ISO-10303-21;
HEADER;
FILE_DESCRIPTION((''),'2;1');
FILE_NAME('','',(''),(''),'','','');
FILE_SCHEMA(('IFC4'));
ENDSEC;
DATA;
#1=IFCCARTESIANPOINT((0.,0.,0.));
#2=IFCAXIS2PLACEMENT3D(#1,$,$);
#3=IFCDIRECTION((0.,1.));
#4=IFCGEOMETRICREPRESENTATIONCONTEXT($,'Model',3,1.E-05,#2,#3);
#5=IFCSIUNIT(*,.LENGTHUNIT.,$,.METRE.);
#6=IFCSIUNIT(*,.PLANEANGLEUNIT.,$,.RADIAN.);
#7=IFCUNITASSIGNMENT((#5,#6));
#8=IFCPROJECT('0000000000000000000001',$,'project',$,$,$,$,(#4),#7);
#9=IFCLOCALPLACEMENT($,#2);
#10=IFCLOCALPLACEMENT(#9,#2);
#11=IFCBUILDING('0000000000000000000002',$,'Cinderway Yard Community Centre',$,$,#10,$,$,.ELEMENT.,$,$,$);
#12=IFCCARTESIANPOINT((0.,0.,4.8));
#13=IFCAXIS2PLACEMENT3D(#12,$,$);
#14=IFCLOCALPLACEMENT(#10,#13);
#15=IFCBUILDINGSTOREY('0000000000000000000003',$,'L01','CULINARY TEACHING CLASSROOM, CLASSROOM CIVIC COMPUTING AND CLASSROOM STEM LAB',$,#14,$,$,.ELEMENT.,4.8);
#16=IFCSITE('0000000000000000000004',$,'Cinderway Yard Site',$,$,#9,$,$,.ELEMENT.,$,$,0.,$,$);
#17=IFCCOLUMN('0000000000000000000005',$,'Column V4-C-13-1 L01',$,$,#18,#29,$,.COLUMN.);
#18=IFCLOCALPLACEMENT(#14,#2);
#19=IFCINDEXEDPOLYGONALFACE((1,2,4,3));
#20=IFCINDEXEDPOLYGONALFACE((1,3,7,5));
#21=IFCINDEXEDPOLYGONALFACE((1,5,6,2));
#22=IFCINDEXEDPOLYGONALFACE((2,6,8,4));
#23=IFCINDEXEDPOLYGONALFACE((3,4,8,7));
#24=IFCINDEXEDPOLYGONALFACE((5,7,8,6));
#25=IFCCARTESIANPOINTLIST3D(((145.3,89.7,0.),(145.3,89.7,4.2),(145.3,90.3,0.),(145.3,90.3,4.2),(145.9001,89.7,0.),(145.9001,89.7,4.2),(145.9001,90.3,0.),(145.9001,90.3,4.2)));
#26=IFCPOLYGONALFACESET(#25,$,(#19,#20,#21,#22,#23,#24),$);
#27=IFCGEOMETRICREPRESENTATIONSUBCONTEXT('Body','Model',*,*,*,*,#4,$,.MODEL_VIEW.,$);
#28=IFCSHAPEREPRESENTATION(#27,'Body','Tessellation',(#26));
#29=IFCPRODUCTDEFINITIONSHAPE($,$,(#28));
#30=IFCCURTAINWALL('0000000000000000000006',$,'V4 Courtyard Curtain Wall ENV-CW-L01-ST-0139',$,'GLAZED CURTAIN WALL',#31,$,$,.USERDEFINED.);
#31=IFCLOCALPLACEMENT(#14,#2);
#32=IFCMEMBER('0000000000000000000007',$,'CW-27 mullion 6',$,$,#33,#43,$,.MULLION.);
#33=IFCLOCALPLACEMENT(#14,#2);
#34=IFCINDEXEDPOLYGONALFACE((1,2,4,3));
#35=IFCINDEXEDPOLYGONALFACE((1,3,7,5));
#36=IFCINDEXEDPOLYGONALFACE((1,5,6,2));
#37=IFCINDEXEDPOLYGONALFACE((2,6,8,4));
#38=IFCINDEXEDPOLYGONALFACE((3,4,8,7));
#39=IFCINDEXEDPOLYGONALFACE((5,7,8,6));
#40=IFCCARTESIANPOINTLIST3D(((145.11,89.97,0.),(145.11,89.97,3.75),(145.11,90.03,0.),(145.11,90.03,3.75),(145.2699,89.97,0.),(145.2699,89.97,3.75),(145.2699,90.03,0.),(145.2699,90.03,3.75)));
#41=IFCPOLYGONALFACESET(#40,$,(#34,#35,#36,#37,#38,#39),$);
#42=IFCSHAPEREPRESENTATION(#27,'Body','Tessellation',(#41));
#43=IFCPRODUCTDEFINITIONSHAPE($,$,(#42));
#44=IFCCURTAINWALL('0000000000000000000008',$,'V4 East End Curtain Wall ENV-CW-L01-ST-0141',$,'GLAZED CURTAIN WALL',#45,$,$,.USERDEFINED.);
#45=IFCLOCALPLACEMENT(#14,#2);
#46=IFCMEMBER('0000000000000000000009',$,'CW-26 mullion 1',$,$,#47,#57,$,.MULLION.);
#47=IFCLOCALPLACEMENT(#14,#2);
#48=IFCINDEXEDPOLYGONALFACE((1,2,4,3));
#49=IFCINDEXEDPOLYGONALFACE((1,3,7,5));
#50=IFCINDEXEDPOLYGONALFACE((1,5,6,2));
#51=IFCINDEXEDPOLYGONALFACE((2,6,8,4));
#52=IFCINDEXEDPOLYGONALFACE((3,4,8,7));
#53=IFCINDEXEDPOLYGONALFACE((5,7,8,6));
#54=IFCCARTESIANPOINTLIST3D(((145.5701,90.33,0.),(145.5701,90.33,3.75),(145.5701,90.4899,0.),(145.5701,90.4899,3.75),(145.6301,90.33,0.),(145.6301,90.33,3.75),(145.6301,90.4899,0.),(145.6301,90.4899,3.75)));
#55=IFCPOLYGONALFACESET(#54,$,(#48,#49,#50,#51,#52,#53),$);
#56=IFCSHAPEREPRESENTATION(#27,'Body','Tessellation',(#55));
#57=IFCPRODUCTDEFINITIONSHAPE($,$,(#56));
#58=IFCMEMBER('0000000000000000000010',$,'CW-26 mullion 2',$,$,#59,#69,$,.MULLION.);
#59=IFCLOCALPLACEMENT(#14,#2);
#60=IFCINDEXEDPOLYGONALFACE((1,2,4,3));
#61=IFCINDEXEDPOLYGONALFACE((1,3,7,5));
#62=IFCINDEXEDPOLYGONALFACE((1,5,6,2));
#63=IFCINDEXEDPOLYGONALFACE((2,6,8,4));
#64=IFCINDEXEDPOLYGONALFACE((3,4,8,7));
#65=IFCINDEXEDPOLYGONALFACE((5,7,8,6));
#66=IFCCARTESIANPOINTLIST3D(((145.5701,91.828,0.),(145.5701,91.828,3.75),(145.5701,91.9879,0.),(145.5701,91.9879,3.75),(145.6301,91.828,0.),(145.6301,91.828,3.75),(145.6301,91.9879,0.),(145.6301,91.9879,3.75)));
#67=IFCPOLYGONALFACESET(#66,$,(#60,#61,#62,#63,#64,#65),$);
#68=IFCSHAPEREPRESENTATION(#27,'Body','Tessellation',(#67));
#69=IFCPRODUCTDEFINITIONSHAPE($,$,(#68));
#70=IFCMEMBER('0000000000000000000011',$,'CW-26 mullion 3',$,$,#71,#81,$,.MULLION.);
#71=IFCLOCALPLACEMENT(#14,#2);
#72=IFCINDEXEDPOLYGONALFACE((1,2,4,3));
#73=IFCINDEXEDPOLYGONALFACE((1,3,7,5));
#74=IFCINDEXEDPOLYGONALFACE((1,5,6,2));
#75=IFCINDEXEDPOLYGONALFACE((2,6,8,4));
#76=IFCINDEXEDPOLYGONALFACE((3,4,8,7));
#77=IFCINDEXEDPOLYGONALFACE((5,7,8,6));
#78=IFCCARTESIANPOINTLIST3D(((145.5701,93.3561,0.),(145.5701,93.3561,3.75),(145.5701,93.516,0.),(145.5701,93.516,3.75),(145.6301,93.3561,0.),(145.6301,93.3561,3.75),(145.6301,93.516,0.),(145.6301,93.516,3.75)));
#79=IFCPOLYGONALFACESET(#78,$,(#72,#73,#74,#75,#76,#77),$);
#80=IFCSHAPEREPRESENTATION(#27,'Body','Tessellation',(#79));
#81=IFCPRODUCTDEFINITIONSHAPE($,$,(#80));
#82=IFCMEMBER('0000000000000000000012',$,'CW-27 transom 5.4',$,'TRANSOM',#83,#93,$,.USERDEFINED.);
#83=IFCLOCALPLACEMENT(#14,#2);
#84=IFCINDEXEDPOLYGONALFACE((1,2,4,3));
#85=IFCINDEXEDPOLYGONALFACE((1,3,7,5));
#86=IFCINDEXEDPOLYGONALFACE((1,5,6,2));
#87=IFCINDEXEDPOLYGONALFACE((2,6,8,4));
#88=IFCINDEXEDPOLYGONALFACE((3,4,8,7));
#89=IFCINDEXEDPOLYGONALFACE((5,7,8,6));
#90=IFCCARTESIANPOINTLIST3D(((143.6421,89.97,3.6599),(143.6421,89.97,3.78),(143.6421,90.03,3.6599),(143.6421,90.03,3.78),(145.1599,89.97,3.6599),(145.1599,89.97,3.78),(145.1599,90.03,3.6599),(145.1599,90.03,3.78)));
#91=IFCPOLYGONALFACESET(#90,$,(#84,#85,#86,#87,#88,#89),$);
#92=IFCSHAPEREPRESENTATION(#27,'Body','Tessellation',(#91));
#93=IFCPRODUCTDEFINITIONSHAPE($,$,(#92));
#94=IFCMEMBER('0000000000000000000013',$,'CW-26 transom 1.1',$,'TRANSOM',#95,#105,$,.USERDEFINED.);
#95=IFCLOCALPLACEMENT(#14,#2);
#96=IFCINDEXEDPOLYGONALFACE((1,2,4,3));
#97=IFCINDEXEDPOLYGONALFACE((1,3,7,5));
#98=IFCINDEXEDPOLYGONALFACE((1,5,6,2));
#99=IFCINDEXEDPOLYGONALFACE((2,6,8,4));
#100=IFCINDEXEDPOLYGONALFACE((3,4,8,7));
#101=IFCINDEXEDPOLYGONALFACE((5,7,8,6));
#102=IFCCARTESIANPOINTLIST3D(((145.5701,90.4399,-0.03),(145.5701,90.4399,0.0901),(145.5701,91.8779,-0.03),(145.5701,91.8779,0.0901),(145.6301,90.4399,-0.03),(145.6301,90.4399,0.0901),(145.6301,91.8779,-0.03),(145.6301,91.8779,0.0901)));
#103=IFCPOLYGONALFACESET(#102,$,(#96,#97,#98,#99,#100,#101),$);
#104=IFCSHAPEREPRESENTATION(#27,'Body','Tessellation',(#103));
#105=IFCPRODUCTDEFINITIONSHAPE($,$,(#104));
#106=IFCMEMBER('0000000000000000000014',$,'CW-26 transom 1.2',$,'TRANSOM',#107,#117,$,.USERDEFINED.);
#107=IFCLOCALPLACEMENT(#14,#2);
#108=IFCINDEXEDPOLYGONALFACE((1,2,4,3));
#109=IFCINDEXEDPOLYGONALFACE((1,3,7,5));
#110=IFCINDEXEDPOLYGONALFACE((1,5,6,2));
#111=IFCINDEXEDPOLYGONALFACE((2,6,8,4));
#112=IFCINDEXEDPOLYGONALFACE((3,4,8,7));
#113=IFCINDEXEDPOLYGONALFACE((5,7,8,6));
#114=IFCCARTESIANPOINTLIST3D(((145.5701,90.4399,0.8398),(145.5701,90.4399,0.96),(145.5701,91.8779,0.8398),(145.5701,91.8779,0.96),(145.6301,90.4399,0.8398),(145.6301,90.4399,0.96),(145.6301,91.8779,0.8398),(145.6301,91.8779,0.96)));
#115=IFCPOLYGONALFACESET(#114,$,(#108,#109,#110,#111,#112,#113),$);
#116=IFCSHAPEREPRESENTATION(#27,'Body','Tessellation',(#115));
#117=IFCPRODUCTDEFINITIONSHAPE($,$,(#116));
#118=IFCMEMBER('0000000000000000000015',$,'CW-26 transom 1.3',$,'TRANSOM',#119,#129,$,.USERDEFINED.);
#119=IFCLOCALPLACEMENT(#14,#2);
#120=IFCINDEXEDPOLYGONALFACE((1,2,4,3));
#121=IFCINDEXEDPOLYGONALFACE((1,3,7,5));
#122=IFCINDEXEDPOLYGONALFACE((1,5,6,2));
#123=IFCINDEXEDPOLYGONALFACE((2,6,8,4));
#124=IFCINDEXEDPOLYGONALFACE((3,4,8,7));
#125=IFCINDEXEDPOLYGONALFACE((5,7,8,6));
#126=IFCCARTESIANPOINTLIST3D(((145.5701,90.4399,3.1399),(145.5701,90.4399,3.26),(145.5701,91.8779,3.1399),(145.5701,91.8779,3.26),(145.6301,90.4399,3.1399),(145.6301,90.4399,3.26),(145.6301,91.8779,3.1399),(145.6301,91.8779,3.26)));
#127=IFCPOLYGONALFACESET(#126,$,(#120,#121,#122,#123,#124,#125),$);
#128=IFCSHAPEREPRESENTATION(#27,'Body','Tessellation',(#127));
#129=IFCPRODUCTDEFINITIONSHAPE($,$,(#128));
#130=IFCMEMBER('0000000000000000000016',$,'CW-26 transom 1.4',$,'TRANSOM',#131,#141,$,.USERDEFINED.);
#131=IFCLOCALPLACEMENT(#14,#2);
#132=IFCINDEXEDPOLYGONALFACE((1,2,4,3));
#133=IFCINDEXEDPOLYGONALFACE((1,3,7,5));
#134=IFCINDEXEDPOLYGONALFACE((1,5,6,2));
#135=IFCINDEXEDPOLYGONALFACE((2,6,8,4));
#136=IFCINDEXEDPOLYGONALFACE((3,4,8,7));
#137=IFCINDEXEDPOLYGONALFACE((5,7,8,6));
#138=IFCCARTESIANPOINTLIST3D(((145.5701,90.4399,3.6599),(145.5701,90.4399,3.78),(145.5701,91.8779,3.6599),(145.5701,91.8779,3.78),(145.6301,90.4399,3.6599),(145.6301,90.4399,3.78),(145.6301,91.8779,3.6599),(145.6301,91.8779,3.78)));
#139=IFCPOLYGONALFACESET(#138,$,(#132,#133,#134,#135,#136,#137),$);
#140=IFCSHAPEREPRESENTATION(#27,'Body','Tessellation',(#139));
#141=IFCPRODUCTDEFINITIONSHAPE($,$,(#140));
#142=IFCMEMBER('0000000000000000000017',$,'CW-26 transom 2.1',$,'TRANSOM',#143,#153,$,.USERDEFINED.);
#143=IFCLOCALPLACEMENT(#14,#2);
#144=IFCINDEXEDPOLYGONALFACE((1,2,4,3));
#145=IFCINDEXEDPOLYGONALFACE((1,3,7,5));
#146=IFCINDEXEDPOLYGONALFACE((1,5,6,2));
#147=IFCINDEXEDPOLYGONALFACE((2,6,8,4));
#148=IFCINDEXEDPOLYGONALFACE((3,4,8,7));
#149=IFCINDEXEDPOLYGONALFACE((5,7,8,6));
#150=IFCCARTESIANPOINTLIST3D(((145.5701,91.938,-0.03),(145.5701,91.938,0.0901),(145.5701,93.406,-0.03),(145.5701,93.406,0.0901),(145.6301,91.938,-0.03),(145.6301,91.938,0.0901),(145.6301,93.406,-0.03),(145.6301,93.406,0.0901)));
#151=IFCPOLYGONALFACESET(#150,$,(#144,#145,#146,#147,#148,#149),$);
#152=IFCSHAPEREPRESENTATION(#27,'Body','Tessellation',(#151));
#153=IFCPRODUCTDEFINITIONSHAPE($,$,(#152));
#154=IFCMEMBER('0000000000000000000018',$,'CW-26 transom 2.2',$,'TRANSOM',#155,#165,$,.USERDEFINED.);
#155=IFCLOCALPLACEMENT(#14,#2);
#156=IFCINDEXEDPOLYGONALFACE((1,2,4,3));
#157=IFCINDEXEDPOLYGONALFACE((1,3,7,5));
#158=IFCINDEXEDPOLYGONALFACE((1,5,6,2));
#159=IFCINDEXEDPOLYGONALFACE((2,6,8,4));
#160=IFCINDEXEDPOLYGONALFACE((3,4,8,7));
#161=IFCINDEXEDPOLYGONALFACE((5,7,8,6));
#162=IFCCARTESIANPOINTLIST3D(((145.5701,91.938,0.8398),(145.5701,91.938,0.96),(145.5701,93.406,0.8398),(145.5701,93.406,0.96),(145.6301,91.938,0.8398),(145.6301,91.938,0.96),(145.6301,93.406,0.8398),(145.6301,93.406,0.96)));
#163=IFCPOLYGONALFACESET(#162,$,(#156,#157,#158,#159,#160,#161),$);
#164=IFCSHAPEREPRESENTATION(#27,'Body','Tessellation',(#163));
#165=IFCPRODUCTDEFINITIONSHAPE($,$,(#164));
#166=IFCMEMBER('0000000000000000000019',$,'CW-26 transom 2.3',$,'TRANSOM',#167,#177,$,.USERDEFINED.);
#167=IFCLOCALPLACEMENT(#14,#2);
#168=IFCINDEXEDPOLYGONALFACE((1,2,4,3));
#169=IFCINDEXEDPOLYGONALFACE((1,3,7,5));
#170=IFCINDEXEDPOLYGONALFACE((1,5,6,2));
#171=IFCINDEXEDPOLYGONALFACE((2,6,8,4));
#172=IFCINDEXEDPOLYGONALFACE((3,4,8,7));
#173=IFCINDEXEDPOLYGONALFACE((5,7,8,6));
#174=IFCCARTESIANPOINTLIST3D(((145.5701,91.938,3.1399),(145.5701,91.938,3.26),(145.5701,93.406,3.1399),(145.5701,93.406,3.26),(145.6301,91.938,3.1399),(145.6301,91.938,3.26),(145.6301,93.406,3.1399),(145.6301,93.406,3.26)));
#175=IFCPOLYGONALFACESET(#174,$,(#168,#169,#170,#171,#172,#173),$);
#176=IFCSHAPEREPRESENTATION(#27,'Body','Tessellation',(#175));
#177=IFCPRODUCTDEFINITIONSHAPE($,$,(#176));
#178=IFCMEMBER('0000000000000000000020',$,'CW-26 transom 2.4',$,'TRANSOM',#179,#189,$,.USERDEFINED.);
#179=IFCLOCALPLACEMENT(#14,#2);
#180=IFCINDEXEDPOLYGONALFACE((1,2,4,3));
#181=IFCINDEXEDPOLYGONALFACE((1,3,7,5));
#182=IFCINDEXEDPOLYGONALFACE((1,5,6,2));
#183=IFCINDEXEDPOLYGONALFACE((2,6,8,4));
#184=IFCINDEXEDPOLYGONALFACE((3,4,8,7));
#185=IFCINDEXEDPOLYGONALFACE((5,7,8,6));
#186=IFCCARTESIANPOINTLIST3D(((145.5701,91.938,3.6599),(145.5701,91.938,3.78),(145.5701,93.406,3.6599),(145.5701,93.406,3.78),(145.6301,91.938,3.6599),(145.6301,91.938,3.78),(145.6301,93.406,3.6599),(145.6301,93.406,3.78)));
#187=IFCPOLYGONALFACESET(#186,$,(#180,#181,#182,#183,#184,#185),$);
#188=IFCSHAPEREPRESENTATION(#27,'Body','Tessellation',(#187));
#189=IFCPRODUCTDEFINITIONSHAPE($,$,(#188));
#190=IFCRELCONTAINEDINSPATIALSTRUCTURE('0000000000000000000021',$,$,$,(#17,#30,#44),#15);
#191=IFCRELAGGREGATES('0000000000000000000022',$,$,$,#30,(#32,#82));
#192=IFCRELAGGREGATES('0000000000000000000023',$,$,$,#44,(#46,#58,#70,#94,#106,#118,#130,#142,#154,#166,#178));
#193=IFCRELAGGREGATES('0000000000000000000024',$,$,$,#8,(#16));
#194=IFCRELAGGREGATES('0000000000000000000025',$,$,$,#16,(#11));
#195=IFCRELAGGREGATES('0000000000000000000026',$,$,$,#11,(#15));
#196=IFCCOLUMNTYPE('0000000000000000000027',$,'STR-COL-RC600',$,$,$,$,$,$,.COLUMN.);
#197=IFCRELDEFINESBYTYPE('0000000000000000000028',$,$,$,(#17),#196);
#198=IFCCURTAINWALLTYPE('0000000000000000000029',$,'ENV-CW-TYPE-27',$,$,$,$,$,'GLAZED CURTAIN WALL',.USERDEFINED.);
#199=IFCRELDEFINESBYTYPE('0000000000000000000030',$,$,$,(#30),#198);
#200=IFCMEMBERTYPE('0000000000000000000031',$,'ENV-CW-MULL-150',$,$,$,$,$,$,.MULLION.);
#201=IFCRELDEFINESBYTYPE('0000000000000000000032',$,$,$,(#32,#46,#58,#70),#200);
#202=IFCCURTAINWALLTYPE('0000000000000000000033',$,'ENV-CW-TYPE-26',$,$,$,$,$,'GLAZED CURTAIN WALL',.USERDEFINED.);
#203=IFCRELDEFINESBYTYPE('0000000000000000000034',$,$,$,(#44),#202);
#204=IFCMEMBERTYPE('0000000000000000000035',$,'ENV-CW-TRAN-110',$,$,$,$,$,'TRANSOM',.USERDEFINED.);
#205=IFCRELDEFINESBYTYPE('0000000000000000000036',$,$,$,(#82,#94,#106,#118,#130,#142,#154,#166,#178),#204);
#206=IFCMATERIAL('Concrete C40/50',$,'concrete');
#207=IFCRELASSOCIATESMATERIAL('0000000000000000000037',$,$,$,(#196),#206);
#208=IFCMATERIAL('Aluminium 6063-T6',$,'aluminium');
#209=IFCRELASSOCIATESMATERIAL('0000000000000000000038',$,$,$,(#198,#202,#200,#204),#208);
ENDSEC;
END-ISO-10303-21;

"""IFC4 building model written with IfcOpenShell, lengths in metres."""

from ifc_helpers import new_model, si_unit, direction, frame, origin, origin_2d, place, context, subcontext, project, spatial, rectangle, extrude, material, material_profile, profile_set, type_object, element, aggregate, save


model = new_model("IFC4")

# Units and contexts
model_context = context("Model", 3, precision=1e-05, world=origin(), true_north=direction((0.0, 1.0)))
body_context = subcontext(model_context, "Body", "Model", "MODEL_VIEW")
ifc_project = project(units=[si_unit("LENGTHUNIT", "METRE"), si_unit("PLANEANGLEUNIT", "RADIAN")], contexts=[model_context])

# Site, building, storey
site_placement = place(None, origin())
site = spatial("IfcSite", under=ifc_project, at=site_placement, Name="Cinderway Yard Site", CompositionType="ELEMENT", RefElevation=0.0)
building_placement = place(site_placement, origin())
building = spatial("IfcBuilding", under=site, at=building_placement, Name="Cinderway Yard Community Centre", CompositionType="ELEMENT")
storey_placement = place(building_placement, frame((0.0, 0.0, 4.8)))
storey = spatial("IfcBuildingStorey", under=building, at=storey_placement, Name="L01", Description="CULINARY TEACHING CLASSROOM, CLASSROOM CIVIC COMPUTING AND CLASSROOM STEM LAB", CompositionType="ELEMENT", Elevation=4.8)

# Column
ifc_material_1 = material(Name="Concrete C40/50", Category="concrete")
ifc_material_profile_1 = material_profile(ifc_material_1, rectangle(XDim=0.6001, YDim=0.6001, at=origin_2d()), Name="Concrete C40/50")
ifc_profile_set_1 = profile_set([ifc_material_profile_1], Name="Concrete C40/50")
column_type = type_object("IfcColumnType", Name="STR-COL-RC600", PredefinedType="COLUMN", material=ifc_profile_set_1)
column_placement = place(storey_placement, frame((145.6001, 90.0, 0.0), z_axis=(0.0, 0.0, 1.0), x_axis=(1.0, 0.0, 0.0)))
element("IfcColumn", 1, at=column_placement, inside=storey, type_object=column_type, Name="Column V4-C-13-1 L01", PredefinedType="COLUMN", context=body_context, shape_type="SweptSolid", body=[
    extrude(rectangle(XDim=0.6001, YDim=0.6001, at=origin_2d()), origin(), (0.0, 0.0, 1.0), 4.2),
])

# Curtain wall, member
ifc_material_2 = material(Name="Aluminium 6063-T6", Category="aluminium")
curtain_wall_type_1 = type_object("IfcCurtainWallType", Name="ENV-CW-TYPE-27", ElementType="GLAZED CURTAIN WALL", PredefinedType="USERDEFINED", material=ifc_material_2)
curtain_wall_1_placement = place(storey_placement, origin())
curtain_wall_1 = element("IfcCurtainWall", 2, at=curtain_wall_1_placement, inside=storey, type_object=curtain_wall_type_1, Name="V4 Courtyard Curtain Wall ENV-CW-L01-ST-0139", ObjectType="GLAZED CURTAIN WALL", PredefinedType="USERDEFINED")
ifc_material_profile_2 = material_profile(ifc_material_2, rectangle(XDim=0.0601, YDim=0.1599, at=origin_2d()), Name="Aluminium 6063-T6")
ifc_profile_set_2 = profile_set([ifc_material_profile_2], Name="Aluminium 6063-T6")
member_type_1 = type_object("IfcMemberType", Name="ENV-CW-MULL-150", PredefinedType="MULLION", material=ifc_profile_set_2)
member_1_placement = place(storey_placement, frame((145.1899, 90.0, 0.0), z_axis=(0.0, 0.0, 1.0), x_axis=(0.0, 1.0, 0.0)))
member_1 = element("IfcMember", 3, at=member_1_placement, type_object=member_type_1, Name="CW-27 mullion 6", PredefinedType="MULLION", context=body_context, shape_type="SweptSolid", body=[
    extrude(rectangle(XDim=0.0601, YDim=0.1599, at=origin_2d()), origin(), (0.0, 0.0, 1.0), 3.75),
])

# Curtain wall, members
curtain_wall_type_2 = type_object("IfcCurtainWallType", Name="ENV-CW-TYPE-26", ElementType="GLAZED CURTAIN WALL", PredefinedType="USERDEFINED", material=ifc_material_2)
curtain_wall_2_placement = place(storey_placement, origin())
curtain_wall_2 = element("IfcCurtainWall", 4, at=curtain_wall_2_placement, inside=storey, type_object=curtain_wall_type_2, Name="V4 East End Curtain Wall ENV-CW-L01-ST-0141", ObjectType="GLAZED CURTAIN WALL", PredefinedType="USERDEFINED")
member_2_placement = place(storey_placement, frame((145.6001, 90.4099, 0.0), z_axis=(0.0, 0.0, 1.0), x_axis=(-1.0, 0.0, 0.0)))
member_2 = element("IfcMember", 5, at=member_2_placement, type_object=member_type_1, Name="CW-26 mullion 1", PredefinedType="MULLION", context=body_context, shape_type="SweptSolid", body=[
    extrude(rectangle(XDim=0.0601, YDim=0.1599, at=origin_2d()), origin(), (0.0, 0.0, 1.0), 3.75),
])
member_3_placement = place(storey_placement, frame((145.6001, 91.908, 0.0), z_axis=(0.0, 0.0, 1.0), x_axis=(-1.0, 0.0, 0.0)))
member_3 = element("IfcMember", 6, at=member_3_placement, type_object=member_type_1, Name="CW-26 mullion 2", PredefinedType="MULLION", context=body_context, shape_type="SweptSolid", body=[
    extrude(rectangle(XDim=0.0601, YDim=0.1599, at=origin_2d()), origin(), (0.0, 0.0, 1.0), 3.75),
])
member_4_placement = place(storey_placement, frame((145.6001, 93.436, 0.0), z_axis=(0.0, 0.0, 1.0), x_axis=(-1.0, 0.0, 0.0)))
member_4 = element("IfcMember", 7, at=member_4_placement, type_object=member_type_1, Name="CW-26 mullion 3", PredefinedType="MULLION", context=body_context, shape_type="SweptSolid", body=[
    extrude(rectangle(XDim=0.0601, YDim=0.1599, at=origin_2d()), origin(), (0.0, 0.0, 1.0), 3.75),
])

# Members
ifc_material_profile_3 = material_profile(ifc_material_2, rectangle(XDim=0.0601, YDim=0.1201, at=origin_2d()), Name="Aluminium 6063-T6")
ifc_profile_set_3 = profile_set([ifc_material_profile_3], Name="Aluminium 6063-T6")
member_type_2 = type_object("IfcMemberType", Name="ENV-CW-TRAN-110", ElementType="TRANSOM", PredefinedType="USERDEFINED", material=ifc_profile_set_3)
member_5_placement = place(storey_placement, frame((143.6421, 90.0, 3.72), z_axis=(1.0, 0.0, 0.0), x_axis=(0.0, 1.0, 0.0)))
member_5 = element("IfcMember", 8, at=member_5_placement, type_object=member_type_2, Name="CW-27 transom 5.4", ObjectType="TRANSOM", PredefinedType="USERDEFINED", context=body_context, shape_type="SweptSolid", body=[
    extrude(rectangle(XDim=0.0601, YDim=0.1201, at=origin_2d()), origin(), (0.0, 0.0, 1.0), 1.5178),
])
member_6_placement = place(storey_placement, frame((145.6001, 90.4399, 0.03), z_axis=(0.0, 1.0, 0.0), x_axis=(-1.0, 0.0, 0.0)))
member_6 = element("IfcMember", 9, at=member_6_placement, type_object=member_type_2, Name="CW-26 transom 1.1", ObjectType="TRANSOM", PredefinedType="USERDEFINED", context=body_context, shape_type="SweptSolid", body=[
    extrude(rectangle(XDim=0.0601, YDim=0.1201, at=origin_2d()), origin(), (0.0, 0.0, 1.0), 1.438),
])
member_7_placement = place(storey_placement, frame((145.6001, 90.4399, 0.8999), z_axis=(0.0, 1.0, 0.0), x_axis=(-1.0, 0.0, 0.0)))
member_7 = element("IfcMember", 10, at=member_7_placement, type_object=member_type_2, Name="CW-26 transom 1.2", ObjectType="TRANSOM", PredefinedType="USERDEFINED", context=body_context, shape_type="SweptSolid", body=[
    extrude(rectangle(XDim=0.0601, YDim=0.1201, at=origin_2d()), origin(), (0.0, 0.0, 1.0), 1.438),
])
member_8_placement = place(storey_placement, frame((145.6001, 90.4399, 3.2), z_axis=(0.0, 1.0, 0.0), x_axis=(-1.0, 0.0, 0.0)))
member_8 = element("IfcMember", 11, at=member_8_placement, type_object=member_type_2, Name="CW-26 transom 1.3", ObjectType="TRANSOM", PredefinedType="USERDEFINED", context=body_context, shape_type="SweptSolid", body=[
    extrude(rectangle(XDim=0.0601, YDim=0.1201, at=origin_2d()), origin(), (0.0, 0.0, 1.0), 1.438),
])
member_9_placement = place(storey_placement, frame((145.6001, 90.4399, 3.72), z_axis=(0.0, 1.0, 0.0), x_axis=(-1.0, 0.0, 0.0)))
member_9 = element("IfcMember", 12, at=member_9_placement, type_object=member_type_2, Name="CW-26 transom 1.4", ObjectType="TRANSOM", PredefinedType="USERDEFINED", context=body_context, shape_type="SweptSolid", body=[
    extrude(rectangle(XDim=0.0601, YDim=0.1201, at=origin_2d()), origin(), (0.0, 0.0, 1.0), 1.438),
])
member_10_placement = place(storey_placement, frame((145.6001, 91.938, 0.03), z_axis=(0.0, 1.0, 0.0), x_axis=(-1.0, 0.0, 0.0)))
member_10 = element("IfcMember", 13, at=member_10_placement, type_object=member_type_2, Name="CW-26 transom 2.1", ObjectType="TRANSOM", PredefinedType="USERDEFINED", context=body_context, shape_type="SweptSolid", body=[
    extrude(rectangle(XDim=0.0601, YDim=0.1201, at=origin_2d()), origin(), (0.0, 0.0, 1.0), 1.468),
])
member_11_placement = place(storey_placement, frame((145.6001, 91.938, 0.8999), z_axis=(0.0, 1.0, 0.0), x_axis=(-1.0, 0.0, 0.0)))
member_11 = element("IfcMember", 14, at=member_11_placement, type_object=member_type_2, Name="CW-26 transom 2.2", ObjectType="TRANSOM", PredefinedType="USERDEFINED", context=body_context, shape_type="SweptSolid", body=[
    extrude(rectangle(XDim=0.0601, YDim=0.1201, at=origin_2d()), origin(), (0.0, 0.0, 1.0), 1.468),
])
member_12_placement = place(storey_placement, frame((145.6001, 91.938, 3.2), z_axis=(0.0, 1.0, 0.0), x_axis=(-1.0, 0.0, 0.0)))
member_12 = element("IfcMember", 15, at=member_12_placement, type_object=member_type_2, Name="CW-26 transom 2.3", ObjectType="TRANSOM", PredefinedType="USERDEFINED", context=body_context, shape_type="SweptSolid", body=[
    extrude(rectangle(XDim=0.0601, YDim=0.1201, at=origin_2d()), origin(), (0.0, 0.0, 1.0), 1.468),
])
member_13_placement = place(storey_placement, frame((145.6001, 91.938, 3.72), z_axis=(0.0, 1.0, 0.0), x_axis=(-1.0, 0.0, 0.0)))
member_13 = element("IfcMember", 16, at=member_13_placement, type_object=member_type_2, Name="CW-26 transom 2.4", ObjectType="TRANSOM", PredefinedType="USERDEFINED", context=body_context, shape_type="SweptSolid", body=[
    extrude(rectangle(XDim=0.0601, YDim=0.1201, at=origin_2d()), origin(), (0.0, 0.0, 1.0), 1.468),
])

aggregate(curtain_wall_1, [member_1, member_5])
aggregate(curtain_wall_2, [member_2, member_3, member_4, member_6, member_7, member_8, member_9, member_10, member_11, member_12, member_13])

save(model, "model.ifc")
